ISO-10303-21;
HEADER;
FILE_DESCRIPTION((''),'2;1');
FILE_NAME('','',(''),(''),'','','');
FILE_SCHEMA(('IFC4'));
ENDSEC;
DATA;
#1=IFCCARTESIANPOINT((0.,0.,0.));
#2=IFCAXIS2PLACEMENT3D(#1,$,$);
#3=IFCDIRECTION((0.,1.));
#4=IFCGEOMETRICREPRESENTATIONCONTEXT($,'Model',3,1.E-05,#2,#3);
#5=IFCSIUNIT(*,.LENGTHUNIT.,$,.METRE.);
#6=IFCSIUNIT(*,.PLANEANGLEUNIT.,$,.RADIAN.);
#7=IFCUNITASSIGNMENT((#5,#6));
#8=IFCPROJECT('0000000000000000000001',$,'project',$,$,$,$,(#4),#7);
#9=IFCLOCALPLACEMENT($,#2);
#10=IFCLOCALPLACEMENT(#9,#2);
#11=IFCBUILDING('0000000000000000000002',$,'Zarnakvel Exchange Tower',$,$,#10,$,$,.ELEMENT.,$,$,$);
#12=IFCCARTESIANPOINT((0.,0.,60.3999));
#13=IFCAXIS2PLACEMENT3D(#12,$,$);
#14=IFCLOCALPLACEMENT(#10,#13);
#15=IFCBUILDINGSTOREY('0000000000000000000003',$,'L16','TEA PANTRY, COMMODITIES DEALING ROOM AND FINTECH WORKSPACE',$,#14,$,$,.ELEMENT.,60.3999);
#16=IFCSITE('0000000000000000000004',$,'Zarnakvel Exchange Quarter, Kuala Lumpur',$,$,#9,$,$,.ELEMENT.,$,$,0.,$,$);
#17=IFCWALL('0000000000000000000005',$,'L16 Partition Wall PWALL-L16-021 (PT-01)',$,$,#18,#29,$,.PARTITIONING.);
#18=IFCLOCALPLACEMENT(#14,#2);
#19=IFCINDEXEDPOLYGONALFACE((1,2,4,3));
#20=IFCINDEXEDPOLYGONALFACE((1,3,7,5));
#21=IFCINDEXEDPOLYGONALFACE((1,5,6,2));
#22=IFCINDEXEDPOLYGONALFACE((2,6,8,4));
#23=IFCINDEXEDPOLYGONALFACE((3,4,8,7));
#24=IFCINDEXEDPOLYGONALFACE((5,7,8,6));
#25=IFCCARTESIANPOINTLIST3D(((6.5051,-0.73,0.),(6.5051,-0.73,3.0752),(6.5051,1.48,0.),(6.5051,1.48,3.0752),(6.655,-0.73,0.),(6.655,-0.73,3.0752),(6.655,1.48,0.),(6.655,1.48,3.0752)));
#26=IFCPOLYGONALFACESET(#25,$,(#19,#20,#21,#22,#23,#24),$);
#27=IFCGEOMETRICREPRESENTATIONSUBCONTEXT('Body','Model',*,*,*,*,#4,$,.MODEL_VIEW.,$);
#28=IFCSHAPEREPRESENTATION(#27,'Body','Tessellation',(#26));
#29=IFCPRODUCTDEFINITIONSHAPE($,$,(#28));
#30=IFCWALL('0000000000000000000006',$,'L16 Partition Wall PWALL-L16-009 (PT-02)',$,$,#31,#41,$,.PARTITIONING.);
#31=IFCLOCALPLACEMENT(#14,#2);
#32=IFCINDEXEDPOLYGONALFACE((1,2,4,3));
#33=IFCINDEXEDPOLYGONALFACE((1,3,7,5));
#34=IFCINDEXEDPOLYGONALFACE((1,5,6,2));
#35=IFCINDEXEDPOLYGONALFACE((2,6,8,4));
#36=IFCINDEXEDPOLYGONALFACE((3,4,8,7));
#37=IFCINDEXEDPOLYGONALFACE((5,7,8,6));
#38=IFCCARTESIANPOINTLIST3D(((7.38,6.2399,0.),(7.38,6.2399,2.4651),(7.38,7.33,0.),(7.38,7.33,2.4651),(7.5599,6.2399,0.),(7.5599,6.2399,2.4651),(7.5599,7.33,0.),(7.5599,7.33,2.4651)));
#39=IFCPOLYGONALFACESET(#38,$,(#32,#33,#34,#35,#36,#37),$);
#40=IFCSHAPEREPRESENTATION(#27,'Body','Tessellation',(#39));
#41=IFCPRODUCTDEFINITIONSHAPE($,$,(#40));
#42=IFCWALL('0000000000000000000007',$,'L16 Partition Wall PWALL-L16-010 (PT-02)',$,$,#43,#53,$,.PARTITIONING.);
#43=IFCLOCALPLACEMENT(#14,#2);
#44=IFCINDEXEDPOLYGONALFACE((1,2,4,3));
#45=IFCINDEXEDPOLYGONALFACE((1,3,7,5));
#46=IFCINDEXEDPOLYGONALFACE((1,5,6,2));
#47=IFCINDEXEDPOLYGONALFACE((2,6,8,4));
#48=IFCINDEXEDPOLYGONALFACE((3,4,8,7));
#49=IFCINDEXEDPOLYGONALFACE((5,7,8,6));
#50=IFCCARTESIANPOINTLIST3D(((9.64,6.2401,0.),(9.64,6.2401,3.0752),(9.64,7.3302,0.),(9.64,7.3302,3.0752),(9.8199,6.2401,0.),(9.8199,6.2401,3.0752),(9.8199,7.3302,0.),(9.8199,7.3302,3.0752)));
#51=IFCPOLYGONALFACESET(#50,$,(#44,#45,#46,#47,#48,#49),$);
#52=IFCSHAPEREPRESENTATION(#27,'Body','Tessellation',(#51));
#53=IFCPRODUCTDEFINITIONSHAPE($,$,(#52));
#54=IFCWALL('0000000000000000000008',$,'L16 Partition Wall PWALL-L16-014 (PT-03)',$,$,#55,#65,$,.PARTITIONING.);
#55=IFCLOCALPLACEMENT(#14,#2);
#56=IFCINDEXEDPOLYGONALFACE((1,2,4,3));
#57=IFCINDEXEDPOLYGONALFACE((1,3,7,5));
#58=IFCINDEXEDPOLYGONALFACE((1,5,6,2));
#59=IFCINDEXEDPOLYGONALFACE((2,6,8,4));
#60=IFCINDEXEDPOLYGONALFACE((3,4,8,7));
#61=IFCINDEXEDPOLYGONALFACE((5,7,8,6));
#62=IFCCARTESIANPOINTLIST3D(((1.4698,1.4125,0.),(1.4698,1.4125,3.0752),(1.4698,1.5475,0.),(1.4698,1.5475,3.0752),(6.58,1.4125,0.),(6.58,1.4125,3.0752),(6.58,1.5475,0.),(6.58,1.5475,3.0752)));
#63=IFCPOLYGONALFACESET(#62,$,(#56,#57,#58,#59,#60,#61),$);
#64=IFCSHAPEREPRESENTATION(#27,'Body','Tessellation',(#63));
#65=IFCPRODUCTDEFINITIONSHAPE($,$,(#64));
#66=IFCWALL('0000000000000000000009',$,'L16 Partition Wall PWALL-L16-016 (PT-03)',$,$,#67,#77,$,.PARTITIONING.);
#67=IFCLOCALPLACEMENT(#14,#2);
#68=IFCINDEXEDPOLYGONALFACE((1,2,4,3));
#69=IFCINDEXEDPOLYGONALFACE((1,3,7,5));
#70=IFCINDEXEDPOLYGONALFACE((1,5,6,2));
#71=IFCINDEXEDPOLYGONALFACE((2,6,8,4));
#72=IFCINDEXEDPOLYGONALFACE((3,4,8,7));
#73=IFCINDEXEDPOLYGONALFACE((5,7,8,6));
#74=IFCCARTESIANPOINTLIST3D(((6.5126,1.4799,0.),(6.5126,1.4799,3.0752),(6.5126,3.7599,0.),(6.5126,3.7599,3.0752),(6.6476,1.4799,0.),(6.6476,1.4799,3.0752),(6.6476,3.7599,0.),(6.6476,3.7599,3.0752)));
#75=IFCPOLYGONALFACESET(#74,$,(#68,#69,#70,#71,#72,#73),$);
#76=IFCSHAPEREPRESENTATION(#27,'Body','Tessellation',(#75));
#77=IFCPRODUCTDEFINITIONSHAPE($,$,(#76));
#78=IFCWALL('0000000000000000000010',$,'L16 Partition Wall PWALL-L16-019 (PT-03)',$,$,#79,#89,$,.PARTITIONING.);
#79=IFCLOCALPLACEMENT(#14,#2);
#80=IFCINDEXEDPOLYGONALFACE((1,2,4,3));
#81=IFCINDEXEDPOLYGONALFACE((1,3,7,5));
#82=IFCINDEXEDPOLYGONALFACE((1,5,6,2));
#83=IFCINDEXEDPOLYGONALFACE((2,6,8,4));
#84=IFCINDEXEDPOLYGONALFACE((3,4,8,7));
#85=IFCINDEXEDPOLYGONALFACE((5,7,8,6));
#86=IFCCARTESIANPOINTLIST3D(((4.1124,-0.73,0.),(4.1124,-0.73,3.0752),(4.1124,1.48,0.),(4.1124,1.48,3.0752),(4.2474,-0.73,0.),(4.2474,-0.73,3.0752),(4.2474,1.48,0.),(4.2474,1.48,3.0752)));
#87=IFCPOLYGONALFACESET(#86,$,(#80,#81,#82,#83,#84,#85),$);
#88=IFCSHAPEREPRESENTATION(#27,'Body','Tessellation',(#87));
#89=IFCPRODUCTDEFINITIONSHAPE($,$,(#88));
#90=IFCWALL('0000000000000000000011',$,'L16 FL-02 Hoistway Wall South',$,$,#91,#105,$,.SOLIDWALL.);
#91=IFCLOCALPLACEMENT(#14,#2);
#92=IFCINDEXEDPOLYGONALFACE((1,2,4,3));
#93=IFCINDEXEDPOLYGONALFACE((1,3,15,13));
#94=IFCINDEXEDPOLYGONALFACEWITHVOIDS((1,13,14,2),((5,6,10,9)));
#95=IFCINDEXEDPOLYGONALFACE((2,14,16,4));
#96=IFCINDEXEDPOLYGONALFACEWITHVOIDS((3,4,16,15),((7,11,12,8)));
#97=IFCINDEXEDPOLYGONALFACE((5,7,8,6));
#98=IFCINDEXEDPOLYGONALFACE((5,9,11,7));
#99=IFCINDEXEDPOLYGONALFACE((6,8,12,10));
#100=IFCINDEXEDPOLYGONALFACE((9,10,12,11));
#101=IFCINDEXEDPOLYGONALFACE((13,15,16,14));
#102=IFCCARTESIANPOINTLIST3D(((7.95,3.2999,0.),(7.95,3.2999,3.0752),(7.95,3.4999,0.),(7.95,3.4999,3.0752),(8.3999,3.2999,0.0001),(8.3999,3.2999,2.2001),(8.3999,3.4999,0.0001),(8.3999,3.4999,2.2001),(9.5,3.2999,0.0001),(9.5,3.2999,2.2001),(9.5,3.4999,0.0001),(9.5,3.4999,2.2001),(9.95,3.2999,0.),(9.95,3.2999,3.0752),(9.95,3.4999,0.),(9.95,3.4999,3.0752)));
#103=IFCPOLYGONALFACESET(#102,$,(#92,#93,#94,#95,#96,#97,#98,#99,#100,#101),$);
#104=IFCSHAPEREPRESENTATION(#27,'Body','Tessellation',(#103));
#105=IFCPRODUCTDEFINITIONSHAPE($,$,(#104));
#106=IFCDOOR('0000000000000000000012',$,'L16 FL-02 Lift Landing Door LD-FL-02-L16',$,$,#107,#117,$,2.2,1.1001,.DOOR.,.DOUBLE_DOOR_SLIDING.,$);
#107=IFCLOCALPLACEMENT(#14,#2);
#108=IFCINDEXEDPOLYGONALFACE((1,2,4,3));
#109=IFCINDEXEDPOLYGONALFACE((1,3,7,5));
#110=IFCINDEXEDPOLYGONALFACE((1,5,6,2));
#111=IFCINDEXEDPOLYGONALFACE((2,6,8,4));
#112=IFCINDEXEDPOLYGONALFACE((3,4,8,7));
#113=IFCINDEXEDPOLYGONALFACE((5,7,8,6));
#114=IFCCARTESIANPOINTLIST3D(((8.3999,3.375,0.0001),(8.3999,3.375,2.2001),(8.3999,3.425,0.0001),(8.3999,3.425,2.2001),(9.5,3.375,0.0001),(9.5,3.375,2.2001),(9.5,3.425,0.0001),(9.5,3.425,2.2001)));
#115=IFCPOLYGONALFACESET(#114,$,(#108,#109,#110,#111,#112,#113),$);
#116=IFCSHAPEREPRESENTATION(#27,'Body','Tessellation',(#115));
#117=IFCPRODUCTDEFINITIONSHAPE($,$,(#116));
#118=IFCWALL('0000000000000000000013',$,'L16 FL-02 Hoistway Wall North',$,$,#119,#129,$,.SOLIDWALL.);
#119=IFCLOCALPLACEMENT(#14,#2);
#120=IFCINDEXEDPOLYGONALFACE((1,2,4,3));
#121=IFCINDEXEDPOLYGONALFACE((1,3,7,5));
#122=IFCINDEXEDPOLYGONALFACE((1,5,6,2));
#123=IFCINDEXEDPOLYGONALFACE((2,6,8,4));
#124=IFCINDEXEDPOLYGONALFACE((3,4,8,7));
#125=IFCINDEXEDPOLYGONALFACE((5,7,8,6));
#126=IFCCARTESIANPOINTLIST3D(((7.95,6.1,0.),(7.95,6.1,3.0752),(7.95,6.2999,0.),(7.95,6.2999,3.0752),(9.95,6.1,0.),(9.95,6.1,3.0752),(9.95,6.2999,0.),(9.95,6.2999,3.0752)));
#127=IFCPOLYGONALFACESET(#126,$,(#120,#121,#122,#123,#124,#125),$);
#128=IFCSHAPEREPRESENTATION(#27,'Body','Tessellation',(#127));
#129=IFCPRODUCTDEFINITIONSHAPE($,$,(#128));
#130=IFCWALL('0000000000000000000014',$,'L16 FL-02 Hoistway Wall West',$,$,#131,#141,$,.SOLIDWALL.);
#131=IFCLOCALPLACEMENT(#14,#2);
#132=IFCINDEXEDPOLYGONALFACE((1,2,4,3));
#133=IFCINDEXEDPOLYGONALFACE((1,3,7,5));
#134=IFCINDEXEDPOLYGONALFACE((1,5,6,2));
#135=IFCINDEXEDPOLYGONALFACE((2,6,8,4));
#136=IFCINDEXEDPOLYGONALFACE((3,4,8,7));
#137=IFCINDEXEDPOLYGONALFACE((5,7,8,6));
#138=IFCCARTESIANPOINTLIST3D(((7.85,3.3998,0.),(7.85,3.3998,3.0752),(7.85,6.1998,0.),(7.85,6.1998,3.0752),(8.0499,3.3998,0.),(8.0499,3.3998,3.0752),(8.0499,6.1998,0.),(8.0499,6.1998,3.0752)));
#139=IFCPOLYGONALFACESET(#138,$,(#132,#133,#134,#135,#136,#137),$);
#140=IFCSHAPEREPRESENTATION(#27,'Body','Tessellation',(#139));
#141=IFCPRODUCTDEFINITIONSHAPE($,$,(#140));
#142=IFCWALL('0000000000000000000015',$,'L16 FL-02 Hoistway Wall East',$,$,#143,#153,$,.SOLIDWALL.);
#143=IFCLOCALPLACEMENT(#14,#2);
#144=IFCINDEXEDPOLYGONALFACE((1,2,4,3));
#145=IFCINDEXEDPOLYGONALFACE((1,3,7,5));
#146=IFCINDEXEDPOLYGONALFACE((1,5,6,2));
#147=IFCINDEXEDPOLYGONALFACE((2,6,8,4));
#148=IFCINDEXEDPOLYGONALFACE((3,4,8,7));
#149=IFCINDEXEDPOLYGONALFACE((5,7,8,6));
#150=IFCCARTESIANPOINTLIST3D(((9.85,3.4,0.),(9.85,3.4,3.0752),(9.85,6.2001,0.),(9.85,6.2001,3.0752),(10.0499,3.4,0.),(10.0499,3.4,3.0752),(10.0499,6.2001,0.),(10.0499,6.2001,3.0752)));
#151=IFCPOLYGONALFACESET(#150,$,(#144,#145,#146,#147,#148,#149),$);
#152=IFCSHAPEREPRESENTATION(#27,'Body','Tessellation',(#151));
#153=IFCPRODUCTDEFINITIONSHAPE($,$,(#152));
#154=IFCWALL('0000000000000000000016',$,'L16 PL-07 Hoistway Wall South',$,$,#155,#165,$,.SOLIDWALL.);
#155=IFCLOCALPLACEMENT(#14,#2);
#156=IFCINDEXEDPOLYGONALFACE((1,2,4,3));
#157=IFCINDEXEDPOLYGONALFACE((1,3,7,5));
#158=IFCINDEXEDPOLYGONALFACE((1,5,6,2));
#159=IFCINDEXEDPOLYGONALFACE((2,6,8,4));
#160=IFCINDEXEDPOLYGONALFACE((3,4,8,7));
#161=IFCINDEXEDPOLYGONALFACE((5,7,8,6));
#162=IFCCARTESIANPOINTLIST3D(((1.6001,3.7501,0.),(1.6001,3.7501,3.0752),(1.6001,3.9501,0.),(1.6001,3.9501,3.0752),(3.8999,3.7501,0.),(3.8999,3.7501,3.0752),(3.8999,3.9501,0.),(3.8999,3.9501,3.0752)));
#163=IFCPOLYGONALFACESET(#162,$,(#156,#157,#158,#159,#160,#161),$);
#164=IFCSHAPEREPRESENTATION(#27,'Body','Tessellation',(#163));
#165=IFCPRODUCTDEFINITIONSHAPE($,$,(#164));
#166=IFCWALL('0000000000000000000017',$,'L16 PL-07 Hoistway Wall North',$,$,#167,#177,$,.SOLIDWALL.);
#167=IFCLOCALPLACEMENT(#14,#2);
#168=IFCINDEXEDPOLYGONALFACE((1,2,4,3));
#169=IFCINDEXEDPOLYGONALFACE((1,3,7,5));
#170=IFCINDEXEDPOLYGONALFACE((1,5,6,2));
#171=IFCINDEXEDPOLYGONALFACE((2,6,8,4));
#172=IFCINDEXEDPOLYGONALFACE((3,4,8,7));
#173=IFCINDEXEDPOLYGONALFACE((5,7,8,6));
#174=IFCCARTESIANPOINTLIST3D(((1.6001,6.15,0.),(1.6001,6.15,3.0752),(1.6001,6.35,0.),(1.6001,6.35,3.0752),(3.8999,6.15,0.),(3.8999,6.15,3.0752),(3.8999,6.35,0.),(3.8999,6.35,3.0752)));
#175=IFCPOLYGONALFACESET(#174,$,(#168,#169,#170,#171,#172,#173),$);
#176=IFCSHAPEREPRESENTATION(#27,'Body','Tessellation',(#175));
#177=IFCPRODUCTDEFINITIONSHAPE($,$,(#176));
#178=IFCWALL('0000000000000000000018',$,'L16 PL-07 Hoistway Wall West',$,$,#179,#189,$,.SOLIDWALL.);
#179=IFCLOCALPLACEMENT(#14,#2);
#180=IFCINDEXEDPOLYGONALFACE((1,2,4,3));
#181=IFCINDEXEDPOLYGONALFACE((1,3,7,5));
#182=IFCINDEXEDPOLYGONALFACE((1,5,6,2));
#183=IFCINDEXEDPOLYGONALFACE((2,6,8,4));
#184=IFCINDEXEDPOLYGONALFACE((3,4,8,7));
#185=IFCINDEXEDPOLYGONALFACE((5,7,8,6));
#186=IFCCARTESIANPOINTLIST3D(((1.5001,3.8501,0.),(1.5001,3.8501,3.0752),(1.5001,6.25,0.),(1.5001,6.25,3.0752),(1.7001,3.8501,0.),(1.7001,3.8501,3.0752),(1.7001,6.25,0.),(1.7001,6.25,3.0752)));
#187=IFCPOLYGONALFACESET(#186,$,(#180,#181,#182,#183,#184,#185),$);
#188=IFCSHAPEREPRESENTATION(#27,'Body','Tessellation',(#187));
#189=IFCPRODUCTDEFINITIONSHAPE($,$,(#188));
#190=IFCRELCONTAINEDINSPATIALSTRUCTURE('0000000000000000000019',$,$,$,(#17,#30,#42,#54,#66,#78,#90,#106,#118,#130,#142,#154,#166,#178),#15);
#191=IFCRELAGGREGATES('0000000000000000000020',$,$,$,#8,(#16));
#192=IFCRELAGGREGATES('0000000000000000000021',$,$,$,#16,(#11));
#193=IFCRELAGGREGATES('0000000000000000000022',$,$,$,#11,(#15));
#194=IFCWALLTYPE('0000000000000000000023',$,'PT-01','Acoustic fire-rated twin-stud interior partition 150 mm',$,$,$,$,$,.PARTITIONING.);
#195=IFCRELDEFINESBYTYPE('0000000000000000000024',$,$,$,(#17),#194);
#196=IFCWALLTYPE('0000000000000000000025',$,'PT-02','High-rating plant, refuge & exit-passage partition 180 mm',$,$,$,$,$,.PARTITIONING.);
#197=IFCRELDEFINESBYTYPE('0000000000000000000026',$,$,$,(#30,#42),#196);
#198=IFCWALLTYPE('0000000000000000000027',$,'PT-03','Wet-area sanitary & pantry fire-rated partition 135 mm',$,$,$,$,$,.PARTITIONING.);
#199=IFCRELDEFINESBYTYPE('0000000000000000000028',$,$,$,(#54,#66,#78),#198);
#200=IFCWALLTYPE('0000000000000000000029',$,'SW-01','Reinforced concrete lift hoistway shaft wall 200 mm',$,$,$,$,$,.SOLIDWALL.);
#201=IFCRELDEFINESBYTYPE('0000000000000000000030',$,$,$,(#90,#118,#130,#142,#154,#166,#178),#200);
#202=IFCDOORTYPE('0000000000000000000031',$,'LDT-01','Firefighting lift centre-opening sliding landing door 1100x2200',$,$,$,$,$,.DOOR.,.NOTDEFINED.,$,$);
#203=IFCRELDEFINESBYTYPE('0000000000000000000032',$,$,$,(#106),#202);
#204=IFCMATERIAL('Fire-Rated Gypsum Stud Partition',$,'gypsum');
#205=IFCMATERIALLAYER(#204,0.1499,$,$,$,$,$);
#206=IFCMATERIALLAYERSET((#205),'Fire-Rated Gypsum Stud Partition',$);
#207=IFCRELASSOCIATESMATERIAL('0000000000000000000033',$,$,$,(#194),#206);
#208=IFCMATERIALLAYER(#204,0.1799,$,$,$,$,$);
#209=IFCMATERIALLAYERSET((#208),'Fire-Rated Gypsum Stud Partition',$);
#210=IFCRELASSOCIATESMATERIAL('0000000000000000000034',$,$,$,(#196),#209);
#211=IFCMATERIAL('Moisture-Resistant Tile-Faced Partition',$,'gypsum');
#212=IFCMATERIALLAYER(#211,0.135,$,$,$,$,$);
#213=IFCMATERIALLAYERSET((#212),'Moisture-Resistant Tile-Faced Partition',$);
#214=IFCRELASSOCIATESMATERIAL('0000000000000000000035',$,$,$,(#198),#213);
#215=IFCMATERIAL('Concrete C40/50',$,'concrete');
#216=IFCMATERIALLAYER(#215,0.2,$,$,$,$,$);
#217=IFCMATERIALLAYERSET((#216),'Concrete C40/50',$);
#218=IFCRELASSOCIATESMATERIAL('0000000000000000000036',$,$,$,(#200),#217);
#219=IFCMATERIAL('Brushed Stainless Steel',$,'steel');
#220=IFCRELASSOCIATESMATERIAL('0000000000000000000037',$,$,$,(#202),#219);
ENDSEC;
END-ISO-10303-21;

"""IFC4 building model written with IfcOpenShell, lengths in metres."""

from ifc_helpers import new_model, si_unit, direction, frame, frame_2d, origin, place, context, subcontext, project, spatial, rectangle, extrude, source, transform, mapped, material, layer, layer_set, type_object, element, fill, save


model = new_model("IFC4")

# Units and contexts
model_context = context("Model", 3, precision=1e-05, world=origin(), true_north=direction((0.0, 1.0)))
body_context = subcontext(model_context, "Body", "Model", "MODEL_VIEW")
ifc_project = project(units=[si_unit("LENGTHUNIT", "METRE"), si_unit("PLANEANGLEUNIT", "RADIAN")], contexts=[model_context])

# Site, building, storey
site_placement = place(None, origin())
site = spatial("IfcSite", under=ifc_project, at=site_placement, Name="Zarnakvel Exchange Quarter, Kuala Lumpur", CompositionType="ELEMENT", RefElevation=0.0)
building_placement = place(site_placement, origin())
building = spatial("IfcBuilding", under=site, at=building_placement, Name="Zarnakvel Exchange Tower", CompositionType="ELEMENT")
storey_placement = place(building_placement, frame((0.0, 0.0, 60.3999)))
storey = spatial("IfcBuildingStorey", under=building, at=storey_placement, Name="L16", Description="TEA PANTRY, COMMODITIES DEALING ROOM AND FINTECH WORKSPACE", CompositionType="ELEMENT", Elevation=60.3999)

# Walls
ifc_material_1 = material(Name="Fire-Rated Gypsum Stud Partition", Category="gypsum")
ifc_layer_1 = layer(ifc_material_1, 0.1499)
ifc_layer_set_1 = layer_set([ifc_layer_1], Name="Fire-Rated Gypsum Stud Partition")
wall_type_1 = type_object("IfcWallType", Name="PT-01", Description="Acoustic fire-rated twin-stud interior partition 150 mm", PredefinedType="PARTITIONING", material=ifc_layer_set_1)
wall_1_placement = place(storey_placement, frame((6.5801, 1.48, 0.0), z_axis=(0.0, 0.0, 1.0), x_axis=(0.0, -1.0, 0.0)))
element("IfcWall", 1, at=wall_1_placement, inside=storey, type_object=wall_type_1, Name="L16 Partition Wall PWALL-L16-021 (PT-01)", PredefinedType="PARTITIONING", context=body_context, shape_type="SweptSolid", body=[
    extrude(rectangle(XDim=2.21, YDim=0.1499, at=frame_2d((1.105, 0.0))), origin(), (0.0, 0.0, 1.0), 3.0752),
])
ifc_layer_2 = layer(ifc_material_1, 0.1799)
ifc_layer_set_2 = layer_set([ifc_layer_2], Name="Fire-Rated Gypsum Stud Partition")
wall_type_2 = type_object("IfcWallType", Name="PT-02", Description="High-rating plant, refuge & exit-passage partition 180 mm", PredefinedType="PARTITIONING", material=ifc_layer_set_2)
wall_2_placement = place(storey_placement, frame((7.47, 6.24, 0.0), z_axis=(0.0, 0.0, 1.0), x_axis=(0.0, 1.0, 0.0)))
element("IfcWall", 2, at=wall_2_placement, inside=storey, type_object=wall_type_2, Name="L16 Partition Wall PWALL-L16-009 (PT-02)", PredefinedType="PARTITIONING", context=body_context, shape_type="SweptSolid", body=[
    extrude(rectangle(XDim=1.0901, YDim=0.1799, at=frame_2d((0.5449, 0.0))), origin(), (0.0, 0.0, 1.0), 2.4651),
])
wall_3_placement = place(storey_placement, frame((9.73, 7.3301, 0.0), z_axis=(0.0, 0.0, 1.0), x_axis=(0.0, -1.0, 0.0)))
element("IfcWall", 3, at=wall_3_placement, inside=storey, type_object=wall_type_2, Name="L16 Partition Wall PWALL-L16-010 (PT-02)", PredefinedType="PARTITIONING", context=body_context, shape_type="SweptSolid", body=[
    extrude(rectangle(XDim=1.0901, YDim=0.1799, at=frame_2d((0.5449, 0.0))), origin(), (0.0, 0.0, 1.0), 3.0752),
])
ifc_material_2 = material(Name="Moisture-Resistant Tile-Faced Partition", Category="gypsum")
ifc_layer_3 = layer(ifc_material_2, 0.135)
ifc_layer_set_3 = layer_set([ifc_layer_3], Name="Moisture-Resistant Tile-Faced Partition")
wall_type_3 = type_object("IfcWallType", Name="PT-03", Description="Wet-area sanitary & pantry fire-rated partition 135 mm", PredefinedType="PARTITIONING", material=ifc_layer_set_3)
wall_4_placement = place(storey_placement, frame((6.5801, 1.48, 0.0), z_axis=(0.0, 0.0, 1.0), x_axis=(-1.0, 0.0, 0.0)))
element("IfcWall", 4, at=wall_4_placement, inside=storey, type_object=wall_type_3, Name="L16 Partition Wall PWALL-L16-014 (PT-03)", PredefinedType="PARTITIONING", context=body_context, shape_type="SweptSolid", body=[
    extrude(rectangle(XDim=5.1101, YDim=0.135, at=frame_2d((2.5552, 0.0))), origin(), (0.0, 0.0, 1.0), 3.0752),
])
wall_5_placement = place(storey_placement, frame((6.5801, 3.76, 0.0), z_axis=(0.0, 0.0, 1.0), x_axis=(0.0, -1.0, 0.0)))
element("IfcWall", 5, at=wall_5_placement, inside=storey, type_object=wall_type_3, Name="L16 Partition Wall PWALL-L16-016 (PT-03)", PredefinedType="PARTITIONING", context=body_context, shape_type="SweptSolid", body=[
    extrude(rectangle(XDim=2.28, YDim=0.135, at=frame_2d((1.1401, 0.0))), origin(), (0.0, 0.0, 1.0), 3.0752),
])
wall_6_placement = place(storey_placement, frame((4.1799, 1.48, 0.0), z_axis=(0.0, 0.0, 1.0), x_axis=(0.0, -1.0, 0.0)))
element("IfcWall", 6, at=wall_6_placement, inside=storey, type_object=wall_type_3, Name="L16 Partition Wall PWALL-L16-019 (PT-03)", PredefinedType="PARTITIONING", context=body_context, shape_type="SweptSolid", body=[
    extrude(rectangle(XDim=2.21, YDim=0.135, at=frame_2d((1.105, 0.0))), origin(), (0.0, 0.0, 1.0), 3.0752),
])

# Wall, opening, door
ifc_material_3 = material(Name="Concrete C40/50", Category="concrete")
ifc_layer_4 = layer(ifc_material_3, 0.2)
ifc_layer_set_4 = layer_set([ifc_layer_4], Name="Concrete C40/50")
wall_type_4 = type_object("IfcWallType", Name="SW-01", Description="Reinforced concrete lift hoistway shaft wall 200 mm", PredefinedType="SOLIDWALL", material=ifc_layer_set_4)
wall_7_placement = place(storey_placement, frame((9.95, 3.3999, 0.0), z_axis=(0.0, 0.0, 1.0), x_axis=(-1.0, 0.0, 0.0)))
wall_7 = element("IfcWall", 7, at=wall_7_placement, inside=storey, type_object=wall_type_4, Name="L16 FL-02 Hoistway Wall South", PredefinedType="SOLIDWALL", context=body_context, shape_type="SweptSolid", body=[
    extrude(rectangle(XDim=2.0, YDim=0.2, at=frame_2d((1.0, 0.0))), origin(), (0.0, 0.0, 1.0), 3.0752),
])
opening_placement = place(wall_7_placement, frame((0.45, 0.0, 0.0)))
opening = element("IfcOpeningElement", 8, at=opening_placement, cuts=wall_7, PredefinedType="OPENING", context=body_context, shape_type="SweptSolid", body=[
    extrude(rectangle(XDim=1.1001, YDim=2.2, at=frame_2d((0.55, 1.1001))), frame((0.0, 0.1099, 0.0), z_axis=(0.0, -1.0, 0.0), x_axis=(1.0, 0.0, 0.0)), (0.0, 0.0, 1.0), 0.22),
])
ifc_material_4 = material(Name="Brushed Stainless Steel", Category="steel")
door_type = type_object("IfcDoorType", Name="LDT-01", Description="Firefighting lift centre-opening sliding landing door 1100x2200", OperationType="NOTDEFINED", PredefinedType="DOOR", material=ifc_material_4)
shared_shape_1 = source(origin(), body_context, "Body", "SweptSolid", [
    extrude(rectangle(XDim=1.1001, YDim=2.2, at=frame_2d((0.55, 1.1001))), frame((0.0, 0.0249, 0.0), z_axis=(0.0, -1.0, 0.0), x_axis=(1.0, 0.0, 0.0)), (0.0, 0.0, 1.0), 0.05),
])
door_placement = place(opening_placement, origin())
door = element("IfcDoor", 9, at=door_placement, inside=storey, type_object=door_type, Name="L16 FL-02 Lift Landing Door LD-FL-02-L16", OperationType="DOUBLE_DOOR_SLIDING", OverallHeight=2.2, OverallWidth=1.1001, PredefinedType="DOOR", context=body_context, shape_type="MappedRepresentation", body=[
    mapped(shared_shape_1, transform((0.0, 0.0, 0.0), x_axis=(1.0, 0.0, 0.0), y_axis=(0.0, 1.0, 0.0), z_axis=(0.0, 0.0, 1.0), scale=1.0)),
])
fill(opening, door)

# Walls
wall_8_placement = place(storey_placement, frame((7.95, 6.2, 0.0), z_axis=(0.0, 0.0, 1.0), x_axis=(1.0, 0.0, 0.0)))
element("IfcWall", 10, at=wall_8_placement, inside=storey, type_object=wall_type_4, Name="L16 FL-02 Hoistway Wall North", PredefinedType="SOLIDWALL", context=body_context, shape_type="SweptSolid", body=[
    extrude(rectangle(XDim=2.0, YDim=0.2, at=frame_2d((1.0, 0.0))), origin(), (0.0, 0.0, 1.0), 3.0752),
])
for number, where, z_axis, x_axis, name in (
    (11, (7.95, 3.3999, 0.0), (0.0, 0.0, 1.0), (0.0, 1.0, 0.0), "L16 FL-02 Hoistway Wall West"),
    (12, (9.95, 6.2, 0.0), (0.0, 0.0, 1.0), (0.0, -1.0, 0.0), "L16 FL-02 Hoistway Wall East"),
):
    element("IfcWall", number, at=place(storey_placement, frame(where, z_axis=z_axis, x_axis=x_axis)), inside=storey, type_object=wall_type_4, Name=name, PredefinedType="SOLIDWALL", context=body_context, shape_type="SweptSolid", body=[
        extrude(rectangle(XDim=2.8, YDim=0.2, at=frame_2d((1.3999, 0.0))), origin(), (0.0, 0.0, 1.0), 3.0752),
    ])
for number, where, z_axis, x_axis, name in (
    (13, (3.8999, 3.8501, 0.0), (0.0, 0.0, 1.0), (-1.0, 0.0, 0.0), "L16 PL-07 Hoistway Wall South"),
    (14, (1.6001, 6.25, 0.0), (0.0, 0.0, 1.0), (1.0, 0.0, 0.0), "L16 PL-07 Hoistway Wall North"),
):
    element("IfcWall", number, at=place(storey_placement, frame(where, z_axis=z_axis, x_axis=x_axis)), inside=storey, type_object=wall_type_4, Name=name, PredefinedType="SOLIDWALL", context=body_context, shape_type="SweptSolid", body=[
        extrude(rectangle(XDim=2.2998, YDim=0.2, at=frame_2d((1.1499, 0.0))), origin(), (0.0, 0.0, 1.0), 3.0752),
    ])
for number, where, z_axis, x_axis, name in (
    (15, (1.6001, 3.8501, 0.0), (0.0, 0.0, 1.0), (0.0, 1.0, 0.0), "L16 PL-07 Hoistway Wall West"),
):
    element("IfcWall", number, at=place(storey_placement, frame(where, z_axis=z_axis, x_axis=x_axis)), inside=storey, type_object=wall_type_4, Name=name, PredefinedType="SOLIDWALL", context=body_context, shape_type="SweptSolid", body=[
        extrude(rectangle(XDim=2.3999, YDim=0.2, at=frame_2d((1.2, 0.0))), origin(), (0.0, 0.0, 1.0), 3.0752),
    ])

save(model, "model.ifc")
